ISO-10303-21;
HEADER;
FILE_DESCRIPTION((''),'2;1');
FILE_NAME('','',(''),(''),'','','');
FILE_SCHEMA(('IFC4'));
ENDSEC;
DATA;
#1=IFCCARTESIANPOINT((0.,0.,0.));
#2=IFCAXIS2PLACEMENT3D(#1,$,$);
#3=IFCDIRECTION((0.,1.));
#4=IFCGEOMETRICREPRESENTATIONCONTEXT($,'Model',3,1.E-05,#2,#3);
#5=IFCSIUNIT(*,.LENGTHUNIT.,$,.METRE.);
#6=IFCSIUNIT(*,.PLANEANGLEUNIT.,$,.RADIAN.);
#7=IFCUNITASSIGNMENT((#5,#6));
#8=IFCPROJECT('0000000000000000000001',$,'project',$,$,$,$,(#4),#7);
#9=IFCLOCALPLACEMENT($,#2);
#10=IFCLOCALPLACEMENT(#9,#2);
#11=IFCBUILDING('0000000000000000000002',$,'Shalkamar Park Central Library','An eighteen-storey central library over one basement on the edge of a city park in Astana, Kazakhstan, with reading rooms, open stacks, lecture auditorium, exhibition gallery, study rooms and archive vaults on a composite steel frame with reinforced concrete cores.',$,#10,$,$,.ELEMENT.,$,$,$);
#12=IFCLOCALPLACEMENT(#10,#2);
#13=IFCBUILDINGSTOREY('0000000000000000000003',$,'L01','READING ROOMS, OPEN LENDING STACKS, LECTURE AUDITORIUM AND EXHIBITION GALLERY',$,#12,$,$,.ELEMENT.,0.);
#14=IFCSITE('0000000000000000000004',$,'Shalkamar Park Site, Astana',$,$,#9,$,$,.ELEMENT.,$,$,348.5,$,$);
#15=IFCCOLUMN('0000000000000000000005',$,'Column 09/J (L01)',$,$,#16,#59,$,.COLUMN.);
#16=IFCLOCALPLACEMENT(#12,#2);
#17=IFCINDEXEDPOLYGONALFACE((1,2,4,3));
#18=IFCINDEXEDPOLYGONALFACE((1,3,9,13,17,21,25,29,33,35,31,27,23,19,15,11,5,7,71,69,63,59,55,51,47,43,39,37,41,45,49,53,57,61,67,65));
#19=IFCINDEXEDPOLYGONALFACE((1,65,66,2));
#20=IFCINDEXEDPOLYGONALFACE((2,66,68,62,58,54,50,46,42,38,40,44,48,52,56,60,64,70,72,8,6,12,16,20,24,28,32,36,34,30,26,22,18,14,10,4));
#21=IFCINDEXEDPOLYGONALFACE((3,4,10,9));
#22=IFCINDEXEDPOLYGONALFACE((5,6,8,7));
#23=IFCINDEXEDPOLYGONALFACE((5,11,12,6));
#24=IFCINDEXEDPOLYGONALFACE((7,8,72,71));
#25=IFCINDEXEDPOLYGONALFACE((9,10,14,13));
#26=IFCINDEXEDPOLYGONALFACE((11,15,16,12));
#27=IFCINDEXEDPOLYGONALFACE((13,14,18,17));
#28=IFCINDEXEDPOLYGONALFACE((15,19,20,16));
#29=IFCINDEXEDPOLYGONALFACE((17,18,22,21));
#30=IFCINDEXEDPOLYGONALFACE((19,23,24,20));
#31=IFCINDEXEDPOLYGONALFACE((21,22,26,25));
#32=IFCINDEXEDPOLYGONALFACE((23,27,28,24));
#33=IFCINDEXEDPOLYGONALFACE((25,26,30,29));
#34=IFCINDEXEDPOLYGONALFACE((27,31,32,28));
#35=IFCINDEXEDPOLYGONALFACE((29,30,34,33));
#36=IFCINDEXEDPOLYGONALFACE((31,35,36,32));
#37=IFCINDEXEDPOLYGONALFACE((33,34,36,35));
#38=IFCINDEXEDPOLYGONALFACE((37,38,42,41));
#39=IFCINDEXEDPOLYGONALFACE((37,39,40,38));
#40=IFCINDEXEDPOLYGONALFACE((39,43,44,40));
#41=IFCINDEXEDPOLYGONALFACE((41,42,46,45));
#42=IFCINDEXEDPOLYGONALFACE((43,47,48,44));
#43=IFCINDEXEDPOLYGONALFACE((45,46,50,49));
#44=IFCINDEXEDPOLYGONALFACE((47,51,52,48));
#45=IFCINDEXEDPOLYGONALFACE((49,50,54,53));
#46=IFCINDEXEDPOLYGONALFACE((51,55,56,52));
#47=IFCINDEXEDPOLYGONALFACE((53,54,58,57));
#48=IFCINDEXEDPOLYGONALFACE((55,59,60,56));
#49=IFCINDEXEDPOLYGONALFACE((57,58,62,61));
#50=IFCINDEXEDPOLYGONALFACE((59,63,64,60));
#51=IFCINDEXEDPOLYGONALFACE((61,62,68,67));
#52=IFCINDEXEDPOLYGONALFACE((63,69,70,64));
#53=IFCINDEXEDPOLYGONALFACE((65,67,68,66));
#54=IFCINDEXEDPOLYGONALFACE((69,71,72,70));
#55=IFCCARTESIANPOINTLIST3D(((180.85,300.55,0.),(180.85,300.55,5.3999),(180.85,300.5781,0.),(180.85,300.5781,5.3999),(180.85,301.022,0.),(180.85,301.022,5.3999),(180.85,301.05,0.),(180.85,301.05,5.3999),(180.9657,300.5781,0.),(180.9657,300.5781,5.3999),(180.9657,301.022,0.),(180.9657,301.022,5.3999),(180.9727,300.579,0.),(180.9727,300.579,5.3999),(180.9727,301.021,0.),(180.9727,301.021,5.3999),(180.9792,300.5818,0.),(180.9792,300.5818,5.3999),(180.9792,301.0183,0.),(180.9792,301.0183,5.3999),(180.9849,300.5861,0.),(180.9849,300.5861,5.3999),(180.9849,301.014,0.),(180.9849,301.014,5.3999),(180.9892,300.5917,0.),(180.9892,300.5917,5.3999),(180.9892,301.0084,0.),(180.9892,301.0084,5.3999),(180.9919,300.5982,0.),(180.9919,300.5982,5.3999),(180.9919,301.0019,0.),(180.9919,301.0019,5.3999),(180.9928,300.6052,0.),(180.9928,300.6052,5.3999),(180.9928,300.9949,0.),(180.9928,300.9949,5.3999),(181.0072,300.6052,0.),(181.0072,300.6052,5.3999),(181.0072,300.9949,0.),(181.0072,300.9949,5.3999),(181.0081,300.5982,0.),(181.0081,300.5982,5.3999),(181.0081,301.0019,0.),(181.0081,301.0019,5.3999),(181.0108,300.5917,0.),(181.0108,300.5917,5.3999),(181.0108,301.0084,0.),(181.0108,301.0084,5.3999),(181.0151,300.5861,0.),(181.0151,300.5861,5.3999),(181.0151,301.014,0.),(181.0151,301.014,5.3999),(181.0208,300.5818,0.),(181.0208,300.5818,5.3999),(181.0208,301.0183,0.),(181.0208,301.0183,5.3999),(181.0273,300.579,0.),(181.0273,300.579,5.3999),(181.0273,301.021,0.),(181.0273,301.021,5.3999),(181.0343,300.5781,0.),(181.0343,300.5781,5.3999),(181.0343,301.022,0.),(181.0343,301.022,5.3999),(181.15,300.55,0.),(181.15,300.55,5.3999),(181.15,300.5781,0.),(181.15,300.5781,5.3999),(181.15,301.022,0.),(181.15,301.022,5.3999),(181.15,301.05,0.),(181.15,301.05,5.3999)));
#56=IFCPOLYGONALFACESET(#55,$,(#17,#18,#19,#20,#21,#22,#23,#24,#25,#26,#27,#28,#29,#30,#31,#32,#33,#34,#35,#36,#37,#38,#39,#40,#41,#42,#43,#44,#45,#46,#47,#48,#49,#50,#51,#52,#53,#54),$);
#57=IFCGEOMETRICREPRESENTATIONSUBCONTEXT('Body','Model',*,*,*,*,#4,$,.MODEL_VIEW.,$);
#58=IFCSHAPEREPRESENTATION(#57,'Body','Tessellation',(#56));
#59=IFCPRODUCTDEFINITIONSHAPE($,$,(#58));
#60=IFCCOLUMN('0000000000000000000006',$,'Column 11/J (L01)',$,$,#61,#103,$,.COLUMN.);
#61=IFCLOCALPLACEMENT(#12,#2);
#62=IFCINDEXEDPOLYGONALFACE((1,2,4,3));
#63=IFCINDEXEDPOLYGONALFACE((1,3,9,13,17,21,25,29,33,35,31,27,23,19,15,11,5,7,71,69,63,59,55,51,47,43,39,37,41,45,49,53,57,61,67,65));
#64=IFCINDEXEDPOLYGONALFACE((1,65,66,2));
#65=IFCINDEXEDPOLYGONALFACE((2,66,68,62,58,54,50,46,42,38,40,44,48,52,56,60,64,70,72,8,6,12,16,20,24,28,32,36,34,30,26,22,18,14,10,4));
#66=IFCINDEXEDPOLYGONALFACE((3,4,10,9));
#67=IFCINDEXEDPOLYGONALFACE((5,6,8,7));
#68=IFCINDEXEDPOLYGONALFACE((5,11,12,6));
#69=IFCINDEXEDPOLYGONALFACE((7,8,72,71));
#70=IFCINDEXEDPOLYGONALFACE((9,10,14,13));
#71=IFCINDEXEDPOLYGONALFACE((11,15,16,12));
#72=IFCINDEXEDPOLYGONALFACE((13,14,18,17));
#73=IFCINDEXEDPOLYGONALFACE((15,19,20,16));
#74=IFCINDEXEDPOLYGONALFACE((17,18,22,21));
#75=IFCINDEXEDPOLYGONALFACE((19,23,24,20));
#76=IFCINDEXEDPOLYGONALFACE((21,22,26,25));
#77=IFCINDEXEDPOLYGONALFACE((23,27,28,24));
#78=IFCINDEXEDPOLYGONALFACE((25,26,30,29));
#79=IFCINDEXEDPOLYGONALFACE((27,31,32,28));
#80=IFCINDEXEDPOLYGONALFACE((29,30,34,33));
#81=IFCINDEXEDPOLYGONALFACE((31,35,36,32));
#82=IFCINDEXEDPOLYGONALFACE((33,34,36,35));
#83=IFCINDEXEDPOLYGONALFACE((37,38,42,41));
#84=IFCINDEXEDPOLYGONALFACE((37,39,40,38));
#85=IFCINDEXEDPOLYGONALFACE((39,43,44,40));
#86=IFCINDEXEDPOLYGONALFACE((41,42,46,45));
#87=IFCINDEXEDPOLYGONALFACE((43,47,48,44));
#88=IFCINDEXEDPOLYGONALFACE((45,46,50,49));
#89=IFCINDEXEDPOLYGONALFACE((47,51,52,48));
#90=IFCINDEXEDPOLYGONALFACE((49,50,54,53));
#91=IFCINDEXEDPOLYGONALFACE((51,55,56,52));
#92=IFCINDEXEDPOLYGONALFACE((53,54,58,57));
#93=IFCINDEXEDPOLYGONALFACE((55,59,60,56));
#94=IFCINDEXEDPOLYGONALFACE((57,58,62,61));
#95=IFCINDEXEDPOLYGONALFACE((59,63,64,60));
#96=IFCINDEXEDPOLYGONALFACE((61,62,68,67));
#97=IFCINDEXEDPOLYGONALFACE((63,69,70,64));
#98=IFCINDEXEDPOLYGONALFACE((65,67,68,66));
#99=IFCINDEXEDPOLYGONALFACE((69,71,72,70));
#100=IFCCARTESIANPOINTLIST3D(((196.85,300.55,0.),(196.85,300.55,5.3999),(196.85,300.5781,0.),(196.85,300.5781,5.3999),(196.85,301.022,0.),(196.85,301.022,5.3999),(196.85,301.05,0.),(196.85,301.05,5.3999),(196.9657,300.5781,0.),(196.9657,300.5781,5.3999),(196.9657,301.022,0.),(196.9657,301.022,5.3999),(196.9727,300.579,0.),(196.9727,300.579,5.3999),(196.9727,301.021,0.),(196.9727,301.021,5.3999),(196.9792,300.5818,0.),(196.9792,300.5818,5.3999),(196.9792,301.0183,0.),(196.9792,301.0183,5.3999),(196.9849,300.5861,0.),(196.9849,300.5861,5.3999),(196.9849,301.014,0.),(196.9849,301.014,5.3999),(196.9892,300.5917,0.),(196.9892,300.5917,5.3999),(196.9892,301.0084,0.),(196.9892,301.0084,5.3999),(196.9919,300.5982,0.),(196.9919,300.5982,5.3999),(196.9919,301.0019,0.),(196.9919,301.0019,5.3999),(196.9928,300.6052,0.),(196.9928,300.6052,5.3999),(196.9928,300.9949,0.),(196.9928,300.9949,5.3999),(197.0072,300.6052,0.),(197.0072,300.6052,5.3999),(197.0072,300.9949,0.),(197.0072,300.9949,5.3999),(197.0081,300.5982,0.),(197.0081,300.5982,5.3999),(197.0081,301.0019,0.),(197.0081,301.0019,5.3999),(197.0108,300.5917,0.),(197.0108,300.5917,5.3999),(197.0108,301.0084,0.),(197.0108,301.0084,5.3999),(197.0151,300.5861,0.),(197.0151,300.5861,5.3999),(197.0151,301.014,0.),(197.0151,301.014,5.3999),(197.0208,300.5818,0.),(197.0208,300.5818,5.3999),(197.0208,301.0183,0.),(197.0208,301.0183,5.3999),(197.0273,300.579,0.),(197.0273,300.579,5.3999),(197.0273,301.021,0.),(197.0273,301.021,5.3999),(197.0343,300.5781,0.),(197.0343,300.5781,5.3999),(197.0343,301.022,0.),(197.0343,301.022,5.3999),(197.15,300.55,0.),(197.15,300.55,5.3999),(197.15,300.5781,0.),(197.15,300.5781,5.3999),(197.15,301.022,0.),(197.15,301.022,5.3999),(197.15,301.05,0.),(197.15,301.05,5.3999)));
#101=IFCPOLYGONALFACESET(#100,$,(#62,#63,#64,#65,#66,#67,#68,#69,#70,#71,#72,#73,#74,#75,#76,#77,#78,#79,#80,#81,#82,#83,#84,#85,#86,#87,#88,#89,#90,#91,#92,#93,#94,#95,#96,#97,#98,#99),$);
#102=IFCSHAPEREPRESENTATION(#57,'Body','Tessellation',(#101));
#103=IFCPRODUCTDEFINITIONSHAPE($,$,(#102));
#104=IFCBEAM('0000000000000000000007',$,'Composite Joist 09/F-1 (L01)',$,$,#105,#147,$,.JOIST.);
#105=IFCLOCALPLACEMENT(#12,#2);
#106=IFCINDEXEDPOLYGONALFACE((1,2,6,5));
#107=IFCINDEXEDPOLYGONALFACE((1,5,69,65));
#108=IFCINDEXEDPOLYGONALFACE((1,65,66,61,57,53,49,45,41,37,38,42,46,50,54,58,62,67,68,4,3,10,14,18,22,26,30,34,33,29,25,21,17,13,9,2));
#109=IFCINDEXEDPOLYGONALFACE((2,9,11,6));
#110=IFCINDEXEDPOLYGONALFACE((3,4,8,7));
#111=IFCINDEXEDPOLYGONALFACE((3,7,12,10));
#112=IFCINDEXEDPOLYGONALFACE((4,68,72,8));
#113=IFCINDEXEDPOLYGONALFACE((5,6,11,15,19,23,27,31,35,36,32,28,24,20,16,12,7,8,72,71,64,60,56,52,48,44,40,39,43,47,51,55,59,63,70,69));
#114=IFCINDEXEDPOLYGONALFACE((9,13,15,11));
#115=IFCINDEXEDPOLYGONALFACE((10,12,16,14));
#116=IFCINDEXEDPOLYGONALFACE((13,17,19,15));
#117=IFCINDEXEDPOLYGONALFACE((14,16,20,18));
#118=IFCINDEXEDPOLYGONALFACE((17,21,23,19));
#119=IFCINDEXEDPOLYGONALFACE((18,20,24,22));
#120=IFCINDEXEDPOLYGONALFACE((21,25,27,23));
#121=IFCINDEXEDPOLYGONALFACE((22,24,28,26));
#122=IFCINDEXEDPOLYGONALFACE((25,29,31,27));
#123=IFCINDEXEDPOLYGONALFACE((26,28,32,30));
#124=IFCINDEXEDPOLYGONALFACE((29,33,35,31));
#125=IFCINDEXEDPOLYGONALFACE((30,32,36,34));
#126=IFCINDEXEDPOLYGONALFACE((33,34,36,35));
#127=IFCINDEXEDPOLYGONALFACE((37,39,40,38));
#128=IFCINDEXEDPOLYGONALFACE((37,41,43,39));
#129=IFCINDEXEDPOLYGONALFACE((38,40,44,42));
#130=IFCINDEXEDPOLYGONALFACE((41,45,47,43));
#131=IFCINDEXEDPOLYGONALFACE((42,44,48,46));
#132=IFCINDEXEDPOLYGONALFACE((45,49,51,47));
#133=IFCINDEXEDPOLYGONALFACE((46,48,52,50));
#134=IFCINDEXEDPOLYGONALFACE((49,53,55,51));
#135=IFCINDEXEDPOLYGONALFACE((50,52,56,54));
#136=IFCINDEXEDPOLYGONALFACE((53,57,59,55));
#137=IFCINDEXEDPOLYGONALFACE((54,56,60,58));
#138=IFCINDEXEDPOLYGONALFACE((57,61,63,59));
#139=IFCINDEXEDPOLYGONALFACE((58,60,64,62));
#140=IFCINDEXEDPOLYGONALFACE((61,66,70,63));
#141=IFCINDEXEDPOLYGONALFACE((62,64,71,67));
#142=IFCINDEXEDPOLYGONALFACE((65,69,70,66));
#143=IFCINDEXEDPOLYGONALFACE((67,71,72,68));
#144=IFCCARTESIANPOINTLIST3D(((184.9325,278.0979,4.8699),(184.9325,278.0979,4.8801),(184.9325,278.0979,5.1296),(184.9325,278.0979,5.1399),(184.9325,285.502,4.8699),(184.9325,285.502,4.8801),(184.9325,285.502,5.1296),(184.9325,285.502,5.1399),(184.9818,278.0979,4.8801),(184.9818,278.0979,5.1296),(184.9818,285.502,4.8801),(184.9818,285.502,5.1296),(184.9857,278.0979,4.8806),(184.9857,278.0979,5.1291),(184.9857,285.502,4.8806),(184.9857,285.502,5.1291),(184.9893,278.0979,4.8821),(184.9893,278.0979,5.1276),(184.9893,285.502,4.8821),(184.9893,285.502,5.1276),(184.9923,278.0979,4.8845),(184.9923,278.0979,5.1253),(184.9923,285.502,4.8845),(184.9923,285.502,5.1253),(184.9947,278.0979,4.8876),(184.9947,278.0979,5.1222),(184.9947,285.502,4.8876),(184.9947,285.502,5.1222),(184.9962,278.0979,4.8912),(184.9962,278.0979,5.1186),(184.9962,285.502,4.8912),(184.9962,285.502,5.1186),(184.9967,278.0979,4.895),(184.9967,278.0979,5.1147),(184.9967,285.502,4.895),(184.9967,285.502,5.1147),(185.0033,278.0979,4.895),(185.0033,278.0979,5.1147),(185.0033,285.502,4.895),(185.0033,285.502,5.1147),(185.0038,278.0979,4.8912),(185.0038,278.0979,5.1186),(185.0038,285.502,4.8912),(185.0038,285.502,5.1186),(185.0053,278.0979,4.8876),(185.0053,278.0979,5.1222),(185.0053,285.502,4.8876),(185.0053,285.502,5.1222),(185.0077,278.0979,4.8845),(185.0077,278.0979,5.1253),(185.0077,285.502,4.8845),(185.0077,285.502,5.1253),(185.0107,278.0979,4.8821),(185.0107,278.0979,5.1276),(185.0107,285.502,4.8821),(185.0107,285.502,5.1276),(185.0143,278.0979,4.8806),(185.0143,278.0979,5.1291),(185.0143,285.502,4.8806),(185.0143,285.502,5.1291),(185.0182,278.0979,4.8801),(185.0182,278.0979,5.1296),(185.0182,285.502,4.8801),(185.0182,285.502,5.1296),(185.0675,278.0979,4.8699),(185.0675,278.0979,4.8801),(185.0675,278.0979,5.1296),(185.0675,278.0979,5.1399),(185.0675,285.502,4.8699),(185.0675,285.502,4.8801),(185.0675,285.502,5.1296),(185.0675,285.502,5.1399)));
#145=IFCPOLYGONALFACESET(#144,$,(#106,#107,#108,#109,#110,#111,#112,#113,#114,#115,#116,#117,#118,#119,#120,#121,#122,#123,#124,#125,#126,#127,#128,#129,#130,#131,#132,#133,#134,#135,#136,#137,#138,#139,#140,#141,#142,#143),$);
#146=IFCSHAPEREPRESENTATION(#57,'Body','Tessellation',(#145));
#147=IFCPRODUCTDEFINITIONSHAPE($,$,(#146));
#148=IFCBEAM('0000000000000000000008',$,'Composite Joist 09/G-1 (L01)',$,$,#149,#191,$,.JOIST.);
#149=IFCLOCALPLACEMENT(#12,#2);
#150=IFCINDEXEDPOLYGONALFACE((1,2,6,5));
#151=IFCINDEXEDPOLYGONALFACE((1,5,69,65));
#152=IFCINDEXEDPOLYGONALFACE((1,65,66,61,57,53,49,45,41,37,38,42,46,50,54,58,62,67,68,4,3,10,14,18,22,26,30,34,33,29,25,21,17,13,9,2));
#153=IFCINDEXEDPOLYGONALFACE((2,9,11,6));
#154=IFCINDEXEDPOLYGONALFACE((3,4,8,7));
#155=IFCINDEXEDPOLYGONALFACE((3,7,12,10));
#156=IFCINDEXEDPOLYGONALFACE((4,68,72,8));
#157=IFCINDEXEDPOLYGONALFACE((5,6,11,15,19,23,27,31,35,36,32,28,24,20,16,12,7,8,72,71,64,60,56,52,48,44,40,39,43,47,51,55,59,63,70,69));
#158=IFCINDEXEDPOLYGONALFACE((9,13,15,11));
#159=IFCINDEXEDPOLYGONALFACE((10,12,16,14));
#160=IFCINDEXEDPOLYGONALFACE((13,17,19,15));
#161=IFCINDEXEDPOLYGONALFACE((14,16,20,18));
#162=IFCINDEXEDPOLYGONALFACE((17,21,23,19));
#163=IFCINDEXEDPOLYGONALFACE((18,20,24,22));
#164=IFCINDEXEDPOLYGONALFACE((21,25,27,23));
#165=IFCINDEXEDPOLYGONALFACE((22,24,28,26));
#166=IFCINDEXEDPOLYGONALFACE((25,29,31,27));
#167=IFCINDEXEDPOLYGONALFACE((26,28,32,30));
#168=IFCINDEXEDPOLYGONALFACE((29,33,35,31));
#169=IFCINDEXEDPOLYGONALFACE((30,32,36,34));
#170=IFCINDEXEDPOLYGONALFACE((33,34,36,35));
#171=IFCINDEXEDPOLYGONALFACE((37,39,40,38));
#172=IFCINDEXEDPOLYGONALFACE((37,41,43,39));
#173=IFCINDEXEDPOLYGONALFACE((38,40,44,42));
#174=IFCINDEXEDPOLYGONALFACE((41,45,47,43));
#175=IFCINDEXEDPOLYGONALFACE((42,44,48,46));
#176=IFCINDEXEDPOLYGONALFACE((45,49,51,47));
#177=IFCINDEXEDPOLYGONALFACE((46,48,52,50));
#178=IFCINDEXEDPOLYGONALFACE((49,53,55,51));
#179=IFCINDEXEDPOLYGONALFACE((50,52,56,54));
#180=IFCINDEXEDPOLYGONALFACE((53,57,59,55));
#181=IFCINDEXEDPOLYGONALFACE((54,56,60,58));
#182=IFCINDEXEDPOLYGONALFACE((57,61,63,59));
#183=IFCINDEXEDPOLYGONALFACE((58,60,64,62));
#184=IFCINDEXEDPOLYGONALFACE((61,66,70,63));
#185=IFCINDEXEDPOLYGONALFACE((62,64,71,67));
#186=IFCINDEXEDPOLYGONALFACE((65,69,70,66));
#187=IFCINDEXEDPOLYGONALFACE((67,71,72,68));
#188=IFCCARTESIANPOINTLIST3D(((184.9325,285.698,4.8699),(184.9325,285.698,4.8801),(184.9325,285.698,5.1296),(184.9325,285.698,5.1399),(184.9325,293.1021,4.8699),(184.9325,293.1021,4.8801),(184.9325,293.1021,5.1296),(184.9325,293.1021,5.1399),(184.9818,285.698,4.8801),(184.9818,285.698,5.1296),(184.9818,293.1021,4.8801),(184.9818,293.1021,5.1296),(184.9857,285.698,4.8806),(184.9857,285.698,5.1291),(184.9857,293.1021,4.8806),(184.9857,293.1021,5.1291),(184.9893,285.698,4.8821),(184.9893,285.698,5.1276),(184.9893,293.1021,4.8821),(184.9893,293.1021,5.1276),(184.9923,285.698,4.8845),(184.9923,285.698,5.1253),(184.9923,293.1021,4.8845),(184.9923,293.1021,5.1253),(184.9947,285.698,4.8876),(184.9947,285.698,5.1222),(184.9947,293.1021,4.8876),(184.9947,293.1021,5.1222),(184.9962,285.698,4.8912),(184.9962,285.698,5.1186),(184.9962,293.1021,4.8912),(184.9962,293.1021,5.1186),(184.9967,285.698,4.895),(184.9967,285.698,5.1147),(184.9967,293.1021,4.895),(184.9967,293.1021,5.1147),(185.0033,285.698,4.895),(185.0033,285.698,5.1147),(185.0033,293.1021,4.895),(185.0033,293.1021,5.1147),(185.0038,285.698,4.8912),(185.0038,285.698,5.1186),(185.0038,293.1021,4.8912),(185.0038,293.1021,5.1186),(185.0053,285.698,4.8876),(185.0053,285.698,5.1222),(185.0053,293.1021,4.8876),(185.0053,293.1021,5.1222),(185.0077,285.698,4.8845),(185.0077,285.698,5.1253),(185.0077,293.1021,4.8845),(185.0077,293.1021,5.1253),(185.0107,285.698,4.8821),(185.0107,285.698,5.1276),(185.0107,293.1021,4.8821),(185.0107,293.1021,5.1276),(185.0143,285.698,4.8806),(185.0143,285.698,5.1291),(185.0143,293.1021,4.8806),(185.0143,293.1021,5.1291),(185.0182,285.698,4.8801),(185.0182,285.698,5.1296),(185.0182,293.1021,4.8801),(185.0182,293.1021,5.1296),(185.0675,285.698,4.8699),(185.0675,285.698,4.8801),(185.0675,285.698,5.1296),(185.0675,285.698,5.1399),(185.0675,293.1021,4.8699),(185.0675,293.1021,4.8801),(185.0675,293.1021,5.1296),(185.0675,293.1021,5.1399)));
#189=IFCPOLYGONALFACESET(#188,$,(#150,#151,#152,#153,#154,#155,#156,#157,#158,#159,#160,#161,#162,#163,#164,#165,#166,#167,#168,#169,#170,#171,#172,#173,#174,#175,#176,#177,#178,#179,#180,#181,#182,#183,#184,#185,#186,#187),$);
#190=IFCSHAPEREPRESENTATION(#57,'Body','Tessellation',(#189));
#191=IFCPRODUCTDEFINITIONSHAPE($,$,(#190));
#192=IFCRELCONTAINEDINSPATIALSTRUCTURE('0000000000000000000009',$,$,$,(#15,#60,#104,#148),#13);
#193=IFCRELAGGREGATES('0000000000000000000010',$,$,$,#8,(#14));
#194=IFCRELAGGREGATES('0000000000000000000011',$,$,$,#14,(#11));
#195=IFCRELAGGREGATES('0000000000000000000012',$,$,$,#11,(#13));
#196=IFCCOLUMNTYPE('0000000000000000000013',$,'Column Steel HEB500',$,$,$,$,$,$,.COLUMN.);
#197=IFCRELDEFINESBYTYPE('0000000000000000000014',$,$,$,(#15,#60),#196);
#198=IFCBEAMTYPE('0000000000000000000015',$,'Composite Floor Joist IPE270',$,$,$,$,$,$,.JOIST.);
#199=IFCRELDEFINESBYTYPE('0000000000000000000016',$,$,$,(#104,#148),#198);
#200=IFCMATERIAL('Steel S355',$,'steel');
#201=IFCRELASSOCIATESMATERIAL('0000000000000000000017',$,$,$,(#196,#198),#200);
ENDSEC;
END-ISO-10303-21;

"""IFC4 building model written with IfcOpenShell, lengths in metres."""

from ifc_helpers import new_model, si_unit, direction, frame, origin, origin_2d, place, context, subcontext, project, spatial, i_section, extrude, material, material_profile, profile_set, type_object, element, save


model = new_model("IFC4")

# Units and contexts
model_context = context("Model", 3, precision=1e-05, world=origin(), true_north=direction((0.0, 1.0)))
body_context = subcontext(model_context, "Body", "Model", "MODEL_VIEW")
ifc_project = project(units=[si_unit("LENGTHUNIT", "METRE"), si_unit("PLANEANGLEUNIT", "RADIAN")], contexts=[model_context])

# Site, building, storey
site_placement = place(None, origin())
site = spatial("IfcSite", under=ifc_project, at=site_placement, Name="Shalkamar Park Site, Astana", CompositionType="ELEMENT", RefElevation=348.5)
building_placement = place(site_placement, origin())
building = spatial("IfcBuilding", under=site, at=building_placement, Name="Shalkamar Park Central Library", Description="An eighteen-storey central library over one basement on the edge of a city park in Astana, Kazakhstan, with reading rooms, open stacks, lecture auditorium, exhibition gallery, study rooms and archive vaults on a composite steel frame with reinforced concrete cores.", CompositionType="ELEMENT")
storey_placement = place(building_placement, origin())
storey = spatial("IfcBuildingStorey", under=building, at=storey_placement, Name="L01", Description="READING ROOMS, OPEN LENDING STACKS, LECTURE AUDITORIUM AND EXHIBITION GALLERY", CompositionType="ELEMENT", Elevation=0.0)

# Columns
ifc_material = material(Name="Steel S355", Category="steel")
ifc_material_profile_1 = material_profile(ifc_material, i_section(OverallWidth=0.3, OverallDepth=0.5, WebThickness=0.0144, FlangeThickness=0.0281, FilletRadius=0.0271, at=origin_2d()), Name="HEB 500")
ifc_profile_set_1 = profile_set([ifc_material_profile_1], Name="Steel S355")
column_type_1 = type_object("IfcColumnType", Name="Column Steel HEB500", PredefinedType="COLUMN", material=ifc_profile_set_1)
for number, where, z_axis, x_axis, name in (
    (1, (181.0, 300.8, 0.0), (0.0, 0.0, 1.0), (1.0, 0.0, 0.0), "Column 09/J (L01)"),
    (2, (197.0, 300.8, 0.0), (0.0, 0.0, 1.0), (1.0, 0.0, 0.0), "Column 11/J (L01)"),
):
    element("IfcColumn", number, at=place(storey_placement, frame(where, z_axis=z_axis, x_axis=x_axis)), inside=storey, type_object=column_type_1, Name=name, PredefinedType="COLUMN", context=body_context, shape_type="SweptSolid", body=[
        extrude(i_section(OverallWidth=0.3, OverallDepth=0.5, WebThickness=0.0144, FlangeThickness=0.0281, FilletRadius=0.0271, at=origin_2d()), origin(), (0.0, 0.0, 1.0), 5.3999),
    ])

# Beams
ifc_material_profile_2 = material_profile(ifc_material, i_section(OverallWidth=0.135, OverallDepth=0.27, WebThickness=0.0066, FlangeThickness=0.0103, FilletRadius=0.0149, at=origin_2d()), Name="IPE 270")
ifc_profile_set_2 = profile_set([ifc_material_profile_2], Name="Steel S355")
beam_type_1 = type_object("IfcBeamType", Name="Composite Floor Joist IPE270", PredefinedType="JOIST", material=ifc_profile_set_2)
for number, where, z_axis, x_axis, name in (
    (3, (185.0, 278.0979, 5.0049), (0.0, 1.0, 0.0), (-1.0, 0.0, 0.0), "Composite Joist 09/F-1 (L01)"),
    (4, (185.0, 285.698, 5.0049), (0.0, 1.0, 0.0), (-1.0, 0.0, 0.0), "Composite Joist 09/G-1 (L01)"),
):
    element("IfcBeam", number, at=place(storey_placement, frame(where, z_axis=z_axis, x_axis=x_axis)), inside=storey, type_object=beam_type_1, Name=name, PredefinedType="JOIST", context=body_context, shape_type="SweptSolid", body=[
        extrude(i_section(OverallWidth=0.135, OverallDepth=0.27, WebThickness=0.0066, FlangeThickness=0.0103, FilletRadius=0.0149, at=origin_2d()), origin(), (0.0, 0.0, 1.0), 7.4041),
    ])

save(model, "model.ifc")
